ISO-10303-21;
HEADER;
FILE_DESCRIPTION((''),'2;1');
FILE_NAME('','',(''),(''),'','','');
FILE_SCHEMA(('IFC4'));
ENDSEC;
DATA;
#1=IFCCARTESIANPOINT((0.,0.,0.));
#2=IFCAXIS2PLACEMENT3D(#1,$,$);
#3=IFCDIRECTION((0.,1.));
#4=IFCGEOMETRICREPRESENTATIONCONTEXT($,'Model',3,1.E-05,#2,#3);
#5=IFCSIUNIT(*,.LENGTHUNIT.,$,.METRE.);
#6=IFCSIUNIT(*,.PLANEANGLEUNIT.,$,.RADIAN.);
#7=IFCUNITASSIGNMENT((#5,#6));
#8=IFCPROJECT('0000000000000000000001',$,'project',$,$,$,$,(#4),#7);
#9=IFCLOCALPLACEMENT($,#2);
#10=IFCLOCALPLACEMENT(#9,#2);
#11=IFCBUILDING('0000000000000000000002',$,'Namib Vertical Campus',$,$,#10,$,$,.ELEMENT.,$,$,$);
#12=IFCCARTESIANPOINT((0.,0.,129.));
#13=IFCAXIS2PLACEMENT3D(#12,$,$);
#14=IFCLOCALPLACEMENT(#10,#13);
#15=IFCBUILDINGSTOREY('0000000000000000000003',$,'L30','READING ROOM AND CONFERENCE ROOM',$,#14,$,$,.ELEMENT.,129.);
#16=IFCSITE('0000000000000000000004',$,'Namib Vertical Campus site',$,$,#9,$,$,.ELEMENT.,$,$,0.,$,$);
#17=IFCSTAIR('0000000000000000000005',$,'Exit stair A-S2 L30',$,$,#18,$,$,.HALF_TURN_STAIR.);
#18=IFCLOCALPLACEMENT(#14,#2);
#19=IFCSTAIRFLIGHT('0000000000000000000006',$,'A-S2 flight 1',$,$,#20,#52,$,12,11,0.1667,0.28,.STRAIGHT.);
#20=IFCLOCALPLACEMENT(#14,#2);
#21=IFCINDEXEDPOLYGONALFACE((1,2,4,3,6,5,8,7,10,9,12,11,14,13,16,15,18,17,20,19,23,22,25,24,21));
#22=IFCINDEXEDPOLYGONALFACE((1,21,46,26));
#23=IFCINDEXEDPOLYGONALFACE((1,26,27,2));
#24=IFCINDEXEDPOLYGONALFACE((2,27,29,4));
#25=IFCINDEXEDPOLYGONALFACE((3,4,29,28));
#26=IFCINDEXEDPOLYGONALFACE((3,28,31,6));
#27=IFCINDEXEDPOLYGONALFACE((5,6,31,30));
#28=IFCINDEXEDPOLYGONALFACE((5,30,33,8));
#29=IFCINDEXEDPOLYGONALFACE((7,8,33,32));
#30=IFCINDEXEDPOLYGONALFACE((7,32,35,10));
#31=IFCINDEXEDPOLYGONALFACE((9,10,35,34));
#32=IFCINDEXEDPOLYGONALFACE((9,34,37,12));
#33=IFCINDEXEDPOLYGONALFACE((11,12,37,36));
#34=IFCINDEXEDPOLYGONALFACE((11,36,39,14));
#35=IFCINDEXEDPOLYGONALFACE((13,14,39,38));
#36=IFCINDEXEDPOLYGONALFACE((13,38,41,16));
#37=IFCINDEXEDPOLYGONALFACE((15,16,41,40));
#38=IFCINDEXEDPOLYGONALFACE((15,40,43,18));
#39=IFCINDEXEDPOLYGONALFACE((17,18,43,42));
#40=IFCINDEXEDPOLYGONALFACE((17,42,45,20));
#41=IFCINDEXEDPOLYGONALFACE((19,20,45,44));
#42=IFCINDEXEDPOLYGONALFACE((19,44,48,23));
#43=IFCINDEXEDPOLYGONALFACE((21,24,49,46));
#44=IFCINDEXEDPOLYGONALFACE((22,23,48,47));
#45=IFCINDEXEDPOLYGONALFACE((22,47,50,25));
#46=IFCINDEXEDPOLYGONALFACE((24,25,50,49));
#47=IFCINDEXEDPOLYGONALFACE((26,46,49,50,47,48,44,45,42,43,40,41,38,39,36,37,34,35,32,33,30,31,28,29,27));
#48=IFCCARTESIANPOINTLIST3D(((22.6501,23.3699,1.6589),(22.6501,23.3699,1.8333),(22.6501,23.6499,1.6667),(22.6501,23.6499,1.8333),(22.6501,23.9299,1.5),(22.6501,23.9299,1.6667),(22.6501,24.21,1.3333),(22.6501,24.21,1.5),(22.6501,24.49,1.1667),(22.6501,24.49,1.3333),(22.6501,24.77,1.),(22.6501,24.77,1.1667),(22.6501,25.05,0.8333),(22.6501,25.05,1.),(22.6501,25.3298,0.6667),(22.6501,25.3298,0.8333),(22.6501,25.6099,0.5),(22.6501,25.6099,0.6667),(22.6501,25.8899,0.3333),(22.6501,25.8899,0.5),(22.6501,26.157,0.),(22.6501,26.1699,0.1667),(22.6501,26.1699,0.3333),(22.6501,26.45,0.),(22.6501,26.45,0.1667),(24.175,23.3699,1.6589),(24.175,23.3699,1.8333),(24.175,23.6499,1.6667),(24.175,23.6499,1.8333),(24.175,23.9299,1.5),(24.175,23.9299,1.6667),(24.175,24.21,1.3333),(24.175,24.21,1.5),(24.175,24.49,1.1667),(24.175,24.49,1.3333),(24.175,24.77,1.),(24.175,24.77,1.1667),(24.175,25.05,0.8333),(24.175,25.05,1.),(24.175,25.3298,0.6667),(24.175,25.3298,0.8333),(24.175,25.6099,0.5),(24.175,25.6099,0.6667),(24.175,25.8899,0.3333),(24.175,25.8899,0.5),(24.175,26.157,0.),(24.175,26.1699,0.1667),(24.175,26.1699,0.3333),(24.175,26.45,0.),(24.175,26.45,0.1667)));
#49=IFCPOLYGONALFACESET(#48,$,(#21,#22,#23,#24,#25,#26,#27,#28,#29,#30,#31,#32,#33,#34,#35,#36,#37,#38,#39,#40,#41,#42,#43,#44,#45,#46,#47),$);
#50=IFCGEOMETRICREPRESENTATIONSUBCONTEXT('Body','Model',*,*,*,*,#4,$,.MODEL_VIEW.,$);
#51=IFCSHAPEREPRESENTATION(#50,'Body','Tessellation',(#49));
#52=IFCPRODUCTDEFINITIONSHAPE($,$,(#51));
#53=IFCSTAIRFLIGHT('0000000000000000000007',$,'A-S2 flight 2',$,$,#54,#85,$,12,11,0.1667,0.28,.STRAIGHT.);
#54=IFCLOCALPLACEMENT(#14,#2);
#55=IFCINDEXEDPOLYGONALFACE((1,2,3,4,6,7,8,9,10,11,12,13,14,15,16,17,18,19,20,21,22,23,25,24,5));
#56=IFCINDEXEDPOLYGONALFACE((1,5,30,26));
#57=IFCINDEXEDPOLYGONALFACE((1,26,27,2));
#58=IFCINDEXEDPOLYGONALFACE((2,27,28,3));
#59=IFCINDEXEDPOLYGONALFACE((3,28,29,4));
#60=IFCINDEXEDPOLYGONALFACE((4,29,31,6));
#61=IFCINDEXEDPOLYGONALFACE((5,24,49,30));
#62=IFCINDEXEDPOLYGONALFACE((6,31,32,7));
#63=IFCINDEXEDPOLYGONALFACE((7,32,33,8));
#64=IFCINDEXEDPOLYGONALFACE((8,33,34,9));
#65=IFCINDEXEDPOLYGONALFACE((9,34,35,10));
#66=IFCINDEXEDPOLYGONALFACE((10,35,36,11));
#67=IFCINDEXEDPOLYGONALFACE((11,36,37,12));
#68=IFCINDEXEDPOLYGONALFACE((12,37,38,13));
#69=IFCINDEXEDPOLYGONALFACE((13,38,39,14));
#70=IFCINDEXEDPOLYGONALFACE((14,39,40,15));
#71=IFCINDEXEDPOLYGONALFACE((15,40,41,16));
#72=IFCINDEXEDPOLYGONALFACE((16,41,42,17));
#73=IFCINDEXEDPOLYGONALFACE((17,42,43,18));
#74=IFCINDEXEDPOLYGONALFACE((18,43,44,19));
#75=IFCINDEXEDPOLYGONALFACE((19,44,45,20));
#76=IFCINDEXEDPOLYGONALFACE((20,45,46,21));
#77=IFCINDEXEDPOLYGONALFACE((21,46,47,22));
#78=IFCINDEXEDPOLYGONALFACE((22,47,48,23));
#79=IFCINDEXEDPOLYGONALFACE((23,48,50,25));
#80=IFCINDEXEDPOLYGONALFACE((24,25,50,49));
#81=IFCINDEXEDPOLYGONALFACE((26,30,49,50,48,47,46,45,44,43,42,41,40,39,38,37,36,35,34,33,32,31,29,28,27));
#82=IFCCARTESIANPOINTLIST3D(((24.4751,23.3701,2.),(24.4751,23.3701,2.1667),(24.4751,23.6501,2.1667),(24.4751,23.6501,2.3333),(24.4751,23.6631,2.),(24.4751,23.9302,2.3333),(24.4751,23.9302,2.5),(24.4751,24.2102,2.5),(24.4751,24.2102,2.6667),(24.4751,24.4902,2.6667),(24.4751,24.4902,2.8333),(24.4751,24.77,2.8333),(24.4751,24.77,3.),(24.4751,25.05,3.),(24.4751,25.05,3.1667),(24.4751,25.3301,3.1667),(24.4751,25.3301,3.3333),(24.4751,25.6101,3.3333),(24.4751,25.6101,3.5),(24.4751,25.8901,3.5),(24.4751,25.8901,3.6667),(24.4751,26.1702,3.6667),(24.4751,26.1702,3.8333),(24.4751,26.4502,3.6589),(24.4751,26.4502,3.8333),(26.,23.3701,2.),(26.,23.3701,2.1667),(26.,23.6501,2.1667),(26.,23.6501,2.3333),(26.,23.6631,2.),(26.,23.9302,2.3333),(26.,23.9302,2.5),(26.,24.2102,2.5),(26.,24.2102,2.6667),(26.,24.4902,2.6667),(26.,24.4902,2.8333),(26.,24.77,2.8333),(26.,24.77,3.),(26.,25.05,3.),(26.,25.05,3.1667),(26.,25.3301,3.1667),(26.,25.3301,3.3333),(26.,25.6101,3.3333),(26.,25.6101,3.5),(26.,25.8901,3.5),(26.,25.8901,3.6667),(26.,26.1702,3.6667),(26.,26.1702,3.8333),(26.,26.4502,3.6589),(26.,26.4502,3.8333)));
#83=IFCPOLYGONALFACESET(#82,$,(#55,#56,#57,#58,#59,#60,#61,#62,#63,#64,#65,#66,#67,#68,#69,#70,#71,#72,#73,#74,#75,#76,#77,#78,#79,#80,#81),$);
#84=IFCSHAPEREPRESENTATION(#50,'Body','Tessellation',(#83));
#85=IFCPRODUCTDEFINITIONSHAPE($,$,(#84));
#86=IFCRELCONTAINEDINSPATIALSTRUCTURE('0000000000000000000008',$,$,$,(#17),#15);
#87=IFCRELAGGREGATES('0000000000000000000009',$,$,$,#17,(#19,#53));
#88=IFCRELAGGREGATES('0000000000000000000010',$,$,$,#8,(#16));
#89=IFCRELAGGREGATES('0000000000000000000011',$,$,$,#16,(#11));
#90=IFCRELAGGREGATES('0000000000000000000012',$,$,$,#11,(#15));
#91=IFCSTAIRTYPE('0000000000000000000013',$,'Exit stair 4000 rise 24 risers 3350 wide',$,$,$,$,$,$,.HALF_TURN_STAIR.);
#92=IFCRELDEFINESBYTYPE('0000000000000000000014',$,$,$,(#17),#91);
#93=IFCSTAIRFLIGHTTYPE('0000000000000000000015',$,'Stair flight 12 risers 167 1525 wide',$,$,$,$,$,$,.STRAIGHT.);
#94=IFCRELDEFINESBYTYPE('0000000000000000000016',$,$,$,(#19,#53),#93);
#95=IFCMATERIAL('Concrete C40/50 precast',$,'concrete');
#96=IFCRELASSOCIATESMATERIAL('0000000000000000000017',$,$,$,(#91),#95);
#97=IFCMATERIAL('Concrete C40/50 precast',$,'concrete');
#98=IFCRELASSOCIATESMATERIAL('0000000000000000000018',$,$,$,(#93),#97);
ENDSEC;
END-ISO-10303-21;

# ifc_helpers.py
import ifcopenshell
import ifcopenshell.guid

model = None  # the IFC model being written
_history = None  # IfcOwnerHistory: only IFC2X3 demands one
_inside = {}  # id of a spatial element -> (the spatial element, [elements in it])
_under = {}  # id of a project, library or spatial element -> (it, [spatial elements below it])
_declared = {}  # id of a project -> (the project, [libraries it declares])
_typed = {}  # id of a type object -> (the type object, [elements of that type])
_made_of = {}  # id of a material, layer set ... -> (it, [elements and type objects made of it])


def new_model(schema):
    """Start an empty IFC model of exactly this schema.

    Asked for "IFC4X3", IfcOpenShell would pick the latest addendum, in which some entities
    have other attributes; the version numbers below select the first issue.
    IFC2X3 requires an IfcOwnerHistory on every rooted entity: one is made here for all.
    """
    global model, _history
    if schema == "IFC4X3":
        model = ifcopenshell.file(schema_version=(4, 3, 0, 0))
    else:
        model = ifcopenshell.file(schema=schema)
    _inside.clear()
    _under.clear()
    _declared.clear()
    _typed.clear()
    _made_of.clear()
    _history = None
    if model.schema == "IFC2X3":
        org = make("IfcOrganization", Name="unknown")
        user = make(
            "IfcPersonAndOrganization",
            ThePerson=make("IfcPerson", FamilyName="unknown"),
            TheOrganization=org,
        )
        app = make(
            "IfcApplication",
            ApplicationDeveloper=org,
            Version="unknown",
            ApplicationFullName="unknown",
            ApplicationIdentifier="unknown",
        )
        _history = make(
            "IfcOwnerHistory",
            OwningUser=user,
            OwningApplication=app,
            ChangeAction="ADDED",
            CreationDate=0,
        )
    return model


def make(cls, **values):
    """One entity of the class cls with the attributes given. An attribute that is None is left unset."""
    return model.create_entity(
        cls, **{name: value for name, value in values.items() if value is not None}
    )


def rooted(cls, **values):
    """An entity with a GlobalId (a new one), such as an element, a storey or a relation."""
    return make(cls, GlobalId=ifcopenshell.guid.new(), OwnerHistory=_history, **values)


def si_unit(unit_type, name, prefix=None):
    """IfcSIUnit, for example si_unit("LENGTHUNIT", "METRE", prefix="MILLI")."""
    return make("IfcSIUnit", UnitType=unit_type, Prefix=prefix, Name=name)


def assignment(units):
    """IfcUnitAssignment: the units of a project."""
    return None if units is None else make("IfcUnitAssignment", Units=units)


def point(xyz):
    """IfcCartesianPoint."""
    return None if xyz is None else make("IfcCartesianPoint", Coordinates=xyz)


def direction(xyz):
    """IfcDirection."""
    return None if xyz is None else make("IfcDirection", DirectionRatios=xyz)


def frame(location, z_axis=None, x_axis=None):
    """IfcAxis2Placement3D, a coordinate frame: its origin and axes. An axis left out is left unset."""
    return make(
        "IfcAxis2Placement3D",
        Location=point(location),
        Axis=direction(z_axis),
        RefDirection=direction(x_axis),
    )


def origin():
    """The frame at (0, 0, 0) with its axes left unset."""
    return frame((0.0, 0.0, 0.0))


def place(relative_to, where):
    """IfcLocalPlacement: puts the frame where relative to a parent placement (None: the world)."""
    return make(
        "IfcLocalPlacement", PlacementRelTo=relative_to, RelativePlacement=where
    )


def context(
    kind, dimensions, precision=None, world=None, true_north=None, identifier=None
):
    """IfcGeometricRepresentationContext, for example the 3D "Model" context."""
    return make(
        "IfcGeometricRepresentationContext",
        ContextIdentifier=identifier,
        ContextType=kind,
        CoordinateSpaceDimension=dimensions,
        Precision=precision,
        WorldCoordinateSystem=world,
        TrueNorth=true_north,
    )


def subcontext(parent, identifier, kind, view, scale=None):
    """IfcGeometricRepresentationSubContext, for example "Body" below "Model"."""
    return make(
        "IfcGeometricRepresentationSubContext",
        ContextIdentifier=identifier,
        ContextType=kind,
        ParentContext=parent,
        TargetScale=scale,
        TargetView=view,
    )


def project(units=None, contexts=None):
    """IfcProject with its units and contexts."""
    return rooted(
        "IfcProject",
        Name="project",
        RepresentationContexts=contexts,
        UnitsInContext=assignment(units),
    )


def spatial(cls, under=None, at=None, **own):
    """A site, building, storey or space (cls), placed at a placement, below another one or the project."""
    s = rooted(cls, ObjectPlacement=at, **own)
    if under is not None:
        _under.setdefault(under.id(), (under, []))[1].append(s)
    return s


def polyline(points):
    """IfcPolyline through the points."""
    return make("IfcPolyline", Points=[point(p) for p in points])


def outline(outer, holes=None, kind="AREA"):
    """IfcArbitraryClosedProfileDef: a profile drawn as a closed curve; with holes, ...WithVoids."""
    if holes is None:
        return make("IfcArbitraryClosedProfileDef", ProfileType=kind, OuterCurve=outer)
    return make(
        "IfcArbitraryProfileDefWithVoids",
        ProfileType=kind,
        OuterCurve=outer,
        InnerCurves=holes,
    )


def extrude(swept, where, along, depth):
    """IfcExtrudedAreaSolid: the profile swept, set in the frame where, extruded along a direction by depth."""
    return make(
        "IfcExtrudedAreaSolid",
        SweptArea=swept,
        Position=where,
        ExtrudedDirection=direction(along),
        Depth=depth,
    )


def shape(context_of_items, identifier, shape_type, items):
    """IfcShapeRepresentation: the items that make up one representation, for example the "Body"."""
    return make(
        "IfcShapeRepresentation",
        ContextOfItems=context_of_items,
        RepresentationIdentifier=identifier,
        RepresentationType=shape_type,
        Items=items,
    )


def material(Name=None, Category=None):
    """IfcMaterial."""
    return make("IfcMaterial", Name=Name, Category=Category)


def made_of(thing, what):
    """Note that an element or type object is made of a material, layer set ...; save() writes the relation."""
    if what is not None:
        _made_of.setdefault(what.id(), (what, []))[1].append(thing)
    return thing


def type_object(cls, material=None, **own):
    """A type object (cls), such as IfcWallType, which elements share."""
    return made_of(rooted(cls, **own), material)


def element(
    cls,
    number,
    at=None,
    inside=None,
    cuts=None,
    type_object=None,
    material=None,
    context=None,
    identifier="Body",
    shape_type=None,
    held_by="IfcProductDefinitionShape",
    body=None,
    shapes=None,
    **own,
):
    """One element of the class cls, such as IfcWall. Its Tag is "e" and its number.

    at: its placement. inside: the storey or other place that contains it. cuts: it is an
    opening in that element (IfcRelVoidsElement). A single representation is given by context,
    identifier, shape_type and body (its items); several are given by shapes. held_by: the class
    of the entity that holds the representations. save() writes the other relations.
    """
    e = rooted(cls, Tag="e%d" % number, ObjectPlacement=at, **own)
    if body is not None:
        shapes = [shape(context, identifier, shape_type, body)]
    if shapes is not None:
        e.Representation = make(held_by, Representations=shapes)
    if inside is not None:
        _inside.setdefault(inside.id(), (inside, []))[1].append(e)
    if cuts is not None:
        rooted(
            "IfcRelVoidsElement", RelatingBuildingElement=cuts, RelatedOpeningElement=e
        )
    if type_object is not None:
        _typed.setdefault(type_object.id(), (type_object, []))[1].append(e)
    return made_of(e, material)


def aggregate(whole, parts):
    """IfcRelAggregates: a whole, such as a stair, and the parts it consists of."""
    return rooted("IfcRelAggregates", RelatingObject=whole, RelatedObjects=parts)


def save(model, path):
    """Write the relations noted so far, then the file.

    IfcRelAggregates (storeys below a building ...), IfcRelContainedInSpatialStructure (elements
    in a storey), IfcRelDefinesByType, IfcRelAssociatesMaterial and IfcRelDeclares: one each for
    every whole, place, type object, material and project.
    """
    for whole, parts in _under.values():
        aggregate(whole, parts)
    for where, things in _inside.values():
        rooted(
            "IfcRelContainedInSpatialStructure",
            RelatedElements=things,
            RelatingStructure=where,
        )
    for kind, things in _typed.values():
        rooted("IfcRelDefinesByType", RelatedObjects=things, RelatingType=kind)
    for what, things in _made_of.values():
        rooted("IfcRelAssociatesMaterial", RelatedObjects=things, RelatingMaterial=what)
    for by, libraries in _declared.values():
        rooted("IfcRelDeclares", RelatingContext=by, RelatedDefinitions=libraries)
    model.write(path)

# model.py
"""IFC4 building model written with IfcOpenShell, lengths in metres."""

from ifc_helpers import new_model, si_unit, direction, frame, origin, place, context, subcontext, project, spatial, polyline, outline, extrude, material, type_object, element, aggregate, save


model = new_model("IFC4")

# Units and contexts
model_context = context("Model", 3, precision=1e-05, world=origin(), true_north=direction((0.0, 1.0)))
body_context = subcontext(model_context, "Body", "Model", "MODEL_VIEW")
ifc_project = project(units=[si_unit("LENGTHUNIT", "METRE"), si_unit("PLANEANGLEUNIT", "RADIAN")], contexts=[model_context])

# Site, building, storey
site_placement = place(None, origin())
site = spatial("IfcSite", under=ifc_project, at=site_placement, Name="Namib Vertical Campus site", CompositionType="ELEMENT", RefElevation=0.0)
building_placement = place(site_placement, origin())
building = spatial("IfcBuilding", under=site, at=building_placement, Name="Namib Vertical Campus", CompositionType="ELEMENT")
storey_placement = place(building_placement, frame((0.0, 0.0, 129.0)))
storey = spatial("IfcBuildingStorey", under=building, at=storey_placement, Name="L30", Description="READING ROOM AND CONFERENCE ROOM", CompositionType="ELEMENT", Elevation=129.0)

# Stair, stair flights
ifc_material_1 = material(Name="Concrete C40/50 precast", Category="concrete")
stair_type = type_object("IfcStairType", Name="Exit stair 4000 rise 24 risers 3350 wide", PredefinedType="HALF_TURN_STAIR", material=ifc_material_1)
stair_placement = place(storey_placement, origin())
stair = element("IfcStair", 1, at=stair_placement, inside=storey, type_object=stair_type, Name="Exit stair A-S2 L30", PredefinedType="HALF_TURN_STAIR")
ifc_material_2 = material(Name="Concrete C40/50 precast", Category="concrete")
stair_flight_type = type_object("IfcStairFlightType", Name="Stair flight 12 risers 167 1525 wide", PredefinedType="STRAIGHT", material=ifc_material_2)
stair_flight_1_placement = place(storey_placement, frame((23.4126, 26.45, 0.0), z_axis=(0.0, 0.0, 1.0), x_axis=(0.0, -1.0, 0.0)))
stair_flight_1 = element("IfcStairFlight", 2, at=stair_flight_1_placement, type_object=stair_flight_type, Name="A-S2 flight 1", NumberOfRisers=12, NumberOfTreads=11, PredefinedType="STRAIGHT", RiserHeight=0.1667, TreadLength=0.28, context=body_context, shape_type="SweptSolid", body=[
    extrude(outline(polyline([(0.0, 0.0), (0.0, 0.1667), (0.28, 0.1667), (0.28, 0.3333), (0.5601, 0.3333), (0.5601, 0.5), (0.8401, 0.5), (0.8401, 0.6667), (1.1201, 0.6667), (1.1201, 0.8333), (1.3999, 0.8333), (1.3999, 1.0), (1.6799, 1.0), (1.6799, 1.1667), (1.96, 1.1667), (1.96, 1.3333), (2.24, 1.3333), (2.24, 1.5), (2.52, 1.5), (2.52, 1.6667), (2.8, 1.6667), (2.8, 1.8333), (3.0801, 1.8333), (3.0801, 2.0), (3.0801, 1.6589), (0.293, 0.0), (0.0, 0.0)])), frame((0.0, 0.7625, 0.0), z_axis=(0.0, -1.0, 0.0), x_axis=(1.0, 0.0, 0.0)), (0.0, 0.0, 1.0), 1.5249),
])
stair_flight_2_placement = place(storey_placement, frame((25.2375, 23.3701, 2.0), z_axis=(0.0, 0.0, 1.0), x_axis=(0.0, 1.0, 0.0)))
stair_flight_2 = element("IfcStairFlight", 3, at=stair_flight_2_placement, type_object=stair_flight_type, Name="A-S2 flight 2", NumberOfRisers=12, NumberOfTreads=11, PredefinedType="STRAIGHT", RiserHeight=0.1667, TreadLength=0.28, context=body_context, shape_type="SweptSolid", body=[
    extrude(outline(polyline([(0.0, 0.0), (0.0, 0.1667), (0.28, 0.1667), (0.28, 0.3333), (0.5601, 0.3333), (0.5601, 0.5), (0.8401, 0.5), (0.8401, 0.6667), (1.1201, 0.6667), (1.1201, 0.8333), (1.3999, 0.8333), (1.3999, 1.0), (1.6799, 1.0), (1.6799, 1.1667), (1.96, 1.1667), (1.96, 1.3333), (2.24, 1.3333), (2.24, 1.5), (2.52, 1.5), (2.52, 1.6667), (2.8, 1.6667), (2.8, 1.8333), (3.0801, 1.8333), (3.0801, 2.0), (3.0801, 1.6589), (0.293, 0.0), (0.0, 0.0)])), frame((0.0, 0.7625, 0.0), z_axis=(0.0, -1.0, 0.0), x_axis=(1.0, 0.0, 0.0)), (0.0, 0.0, 1.0), 1.5249),
])
aggregate(stair, [stair_flight_1, stair_flight_2])

save(model, "model.ifc")
